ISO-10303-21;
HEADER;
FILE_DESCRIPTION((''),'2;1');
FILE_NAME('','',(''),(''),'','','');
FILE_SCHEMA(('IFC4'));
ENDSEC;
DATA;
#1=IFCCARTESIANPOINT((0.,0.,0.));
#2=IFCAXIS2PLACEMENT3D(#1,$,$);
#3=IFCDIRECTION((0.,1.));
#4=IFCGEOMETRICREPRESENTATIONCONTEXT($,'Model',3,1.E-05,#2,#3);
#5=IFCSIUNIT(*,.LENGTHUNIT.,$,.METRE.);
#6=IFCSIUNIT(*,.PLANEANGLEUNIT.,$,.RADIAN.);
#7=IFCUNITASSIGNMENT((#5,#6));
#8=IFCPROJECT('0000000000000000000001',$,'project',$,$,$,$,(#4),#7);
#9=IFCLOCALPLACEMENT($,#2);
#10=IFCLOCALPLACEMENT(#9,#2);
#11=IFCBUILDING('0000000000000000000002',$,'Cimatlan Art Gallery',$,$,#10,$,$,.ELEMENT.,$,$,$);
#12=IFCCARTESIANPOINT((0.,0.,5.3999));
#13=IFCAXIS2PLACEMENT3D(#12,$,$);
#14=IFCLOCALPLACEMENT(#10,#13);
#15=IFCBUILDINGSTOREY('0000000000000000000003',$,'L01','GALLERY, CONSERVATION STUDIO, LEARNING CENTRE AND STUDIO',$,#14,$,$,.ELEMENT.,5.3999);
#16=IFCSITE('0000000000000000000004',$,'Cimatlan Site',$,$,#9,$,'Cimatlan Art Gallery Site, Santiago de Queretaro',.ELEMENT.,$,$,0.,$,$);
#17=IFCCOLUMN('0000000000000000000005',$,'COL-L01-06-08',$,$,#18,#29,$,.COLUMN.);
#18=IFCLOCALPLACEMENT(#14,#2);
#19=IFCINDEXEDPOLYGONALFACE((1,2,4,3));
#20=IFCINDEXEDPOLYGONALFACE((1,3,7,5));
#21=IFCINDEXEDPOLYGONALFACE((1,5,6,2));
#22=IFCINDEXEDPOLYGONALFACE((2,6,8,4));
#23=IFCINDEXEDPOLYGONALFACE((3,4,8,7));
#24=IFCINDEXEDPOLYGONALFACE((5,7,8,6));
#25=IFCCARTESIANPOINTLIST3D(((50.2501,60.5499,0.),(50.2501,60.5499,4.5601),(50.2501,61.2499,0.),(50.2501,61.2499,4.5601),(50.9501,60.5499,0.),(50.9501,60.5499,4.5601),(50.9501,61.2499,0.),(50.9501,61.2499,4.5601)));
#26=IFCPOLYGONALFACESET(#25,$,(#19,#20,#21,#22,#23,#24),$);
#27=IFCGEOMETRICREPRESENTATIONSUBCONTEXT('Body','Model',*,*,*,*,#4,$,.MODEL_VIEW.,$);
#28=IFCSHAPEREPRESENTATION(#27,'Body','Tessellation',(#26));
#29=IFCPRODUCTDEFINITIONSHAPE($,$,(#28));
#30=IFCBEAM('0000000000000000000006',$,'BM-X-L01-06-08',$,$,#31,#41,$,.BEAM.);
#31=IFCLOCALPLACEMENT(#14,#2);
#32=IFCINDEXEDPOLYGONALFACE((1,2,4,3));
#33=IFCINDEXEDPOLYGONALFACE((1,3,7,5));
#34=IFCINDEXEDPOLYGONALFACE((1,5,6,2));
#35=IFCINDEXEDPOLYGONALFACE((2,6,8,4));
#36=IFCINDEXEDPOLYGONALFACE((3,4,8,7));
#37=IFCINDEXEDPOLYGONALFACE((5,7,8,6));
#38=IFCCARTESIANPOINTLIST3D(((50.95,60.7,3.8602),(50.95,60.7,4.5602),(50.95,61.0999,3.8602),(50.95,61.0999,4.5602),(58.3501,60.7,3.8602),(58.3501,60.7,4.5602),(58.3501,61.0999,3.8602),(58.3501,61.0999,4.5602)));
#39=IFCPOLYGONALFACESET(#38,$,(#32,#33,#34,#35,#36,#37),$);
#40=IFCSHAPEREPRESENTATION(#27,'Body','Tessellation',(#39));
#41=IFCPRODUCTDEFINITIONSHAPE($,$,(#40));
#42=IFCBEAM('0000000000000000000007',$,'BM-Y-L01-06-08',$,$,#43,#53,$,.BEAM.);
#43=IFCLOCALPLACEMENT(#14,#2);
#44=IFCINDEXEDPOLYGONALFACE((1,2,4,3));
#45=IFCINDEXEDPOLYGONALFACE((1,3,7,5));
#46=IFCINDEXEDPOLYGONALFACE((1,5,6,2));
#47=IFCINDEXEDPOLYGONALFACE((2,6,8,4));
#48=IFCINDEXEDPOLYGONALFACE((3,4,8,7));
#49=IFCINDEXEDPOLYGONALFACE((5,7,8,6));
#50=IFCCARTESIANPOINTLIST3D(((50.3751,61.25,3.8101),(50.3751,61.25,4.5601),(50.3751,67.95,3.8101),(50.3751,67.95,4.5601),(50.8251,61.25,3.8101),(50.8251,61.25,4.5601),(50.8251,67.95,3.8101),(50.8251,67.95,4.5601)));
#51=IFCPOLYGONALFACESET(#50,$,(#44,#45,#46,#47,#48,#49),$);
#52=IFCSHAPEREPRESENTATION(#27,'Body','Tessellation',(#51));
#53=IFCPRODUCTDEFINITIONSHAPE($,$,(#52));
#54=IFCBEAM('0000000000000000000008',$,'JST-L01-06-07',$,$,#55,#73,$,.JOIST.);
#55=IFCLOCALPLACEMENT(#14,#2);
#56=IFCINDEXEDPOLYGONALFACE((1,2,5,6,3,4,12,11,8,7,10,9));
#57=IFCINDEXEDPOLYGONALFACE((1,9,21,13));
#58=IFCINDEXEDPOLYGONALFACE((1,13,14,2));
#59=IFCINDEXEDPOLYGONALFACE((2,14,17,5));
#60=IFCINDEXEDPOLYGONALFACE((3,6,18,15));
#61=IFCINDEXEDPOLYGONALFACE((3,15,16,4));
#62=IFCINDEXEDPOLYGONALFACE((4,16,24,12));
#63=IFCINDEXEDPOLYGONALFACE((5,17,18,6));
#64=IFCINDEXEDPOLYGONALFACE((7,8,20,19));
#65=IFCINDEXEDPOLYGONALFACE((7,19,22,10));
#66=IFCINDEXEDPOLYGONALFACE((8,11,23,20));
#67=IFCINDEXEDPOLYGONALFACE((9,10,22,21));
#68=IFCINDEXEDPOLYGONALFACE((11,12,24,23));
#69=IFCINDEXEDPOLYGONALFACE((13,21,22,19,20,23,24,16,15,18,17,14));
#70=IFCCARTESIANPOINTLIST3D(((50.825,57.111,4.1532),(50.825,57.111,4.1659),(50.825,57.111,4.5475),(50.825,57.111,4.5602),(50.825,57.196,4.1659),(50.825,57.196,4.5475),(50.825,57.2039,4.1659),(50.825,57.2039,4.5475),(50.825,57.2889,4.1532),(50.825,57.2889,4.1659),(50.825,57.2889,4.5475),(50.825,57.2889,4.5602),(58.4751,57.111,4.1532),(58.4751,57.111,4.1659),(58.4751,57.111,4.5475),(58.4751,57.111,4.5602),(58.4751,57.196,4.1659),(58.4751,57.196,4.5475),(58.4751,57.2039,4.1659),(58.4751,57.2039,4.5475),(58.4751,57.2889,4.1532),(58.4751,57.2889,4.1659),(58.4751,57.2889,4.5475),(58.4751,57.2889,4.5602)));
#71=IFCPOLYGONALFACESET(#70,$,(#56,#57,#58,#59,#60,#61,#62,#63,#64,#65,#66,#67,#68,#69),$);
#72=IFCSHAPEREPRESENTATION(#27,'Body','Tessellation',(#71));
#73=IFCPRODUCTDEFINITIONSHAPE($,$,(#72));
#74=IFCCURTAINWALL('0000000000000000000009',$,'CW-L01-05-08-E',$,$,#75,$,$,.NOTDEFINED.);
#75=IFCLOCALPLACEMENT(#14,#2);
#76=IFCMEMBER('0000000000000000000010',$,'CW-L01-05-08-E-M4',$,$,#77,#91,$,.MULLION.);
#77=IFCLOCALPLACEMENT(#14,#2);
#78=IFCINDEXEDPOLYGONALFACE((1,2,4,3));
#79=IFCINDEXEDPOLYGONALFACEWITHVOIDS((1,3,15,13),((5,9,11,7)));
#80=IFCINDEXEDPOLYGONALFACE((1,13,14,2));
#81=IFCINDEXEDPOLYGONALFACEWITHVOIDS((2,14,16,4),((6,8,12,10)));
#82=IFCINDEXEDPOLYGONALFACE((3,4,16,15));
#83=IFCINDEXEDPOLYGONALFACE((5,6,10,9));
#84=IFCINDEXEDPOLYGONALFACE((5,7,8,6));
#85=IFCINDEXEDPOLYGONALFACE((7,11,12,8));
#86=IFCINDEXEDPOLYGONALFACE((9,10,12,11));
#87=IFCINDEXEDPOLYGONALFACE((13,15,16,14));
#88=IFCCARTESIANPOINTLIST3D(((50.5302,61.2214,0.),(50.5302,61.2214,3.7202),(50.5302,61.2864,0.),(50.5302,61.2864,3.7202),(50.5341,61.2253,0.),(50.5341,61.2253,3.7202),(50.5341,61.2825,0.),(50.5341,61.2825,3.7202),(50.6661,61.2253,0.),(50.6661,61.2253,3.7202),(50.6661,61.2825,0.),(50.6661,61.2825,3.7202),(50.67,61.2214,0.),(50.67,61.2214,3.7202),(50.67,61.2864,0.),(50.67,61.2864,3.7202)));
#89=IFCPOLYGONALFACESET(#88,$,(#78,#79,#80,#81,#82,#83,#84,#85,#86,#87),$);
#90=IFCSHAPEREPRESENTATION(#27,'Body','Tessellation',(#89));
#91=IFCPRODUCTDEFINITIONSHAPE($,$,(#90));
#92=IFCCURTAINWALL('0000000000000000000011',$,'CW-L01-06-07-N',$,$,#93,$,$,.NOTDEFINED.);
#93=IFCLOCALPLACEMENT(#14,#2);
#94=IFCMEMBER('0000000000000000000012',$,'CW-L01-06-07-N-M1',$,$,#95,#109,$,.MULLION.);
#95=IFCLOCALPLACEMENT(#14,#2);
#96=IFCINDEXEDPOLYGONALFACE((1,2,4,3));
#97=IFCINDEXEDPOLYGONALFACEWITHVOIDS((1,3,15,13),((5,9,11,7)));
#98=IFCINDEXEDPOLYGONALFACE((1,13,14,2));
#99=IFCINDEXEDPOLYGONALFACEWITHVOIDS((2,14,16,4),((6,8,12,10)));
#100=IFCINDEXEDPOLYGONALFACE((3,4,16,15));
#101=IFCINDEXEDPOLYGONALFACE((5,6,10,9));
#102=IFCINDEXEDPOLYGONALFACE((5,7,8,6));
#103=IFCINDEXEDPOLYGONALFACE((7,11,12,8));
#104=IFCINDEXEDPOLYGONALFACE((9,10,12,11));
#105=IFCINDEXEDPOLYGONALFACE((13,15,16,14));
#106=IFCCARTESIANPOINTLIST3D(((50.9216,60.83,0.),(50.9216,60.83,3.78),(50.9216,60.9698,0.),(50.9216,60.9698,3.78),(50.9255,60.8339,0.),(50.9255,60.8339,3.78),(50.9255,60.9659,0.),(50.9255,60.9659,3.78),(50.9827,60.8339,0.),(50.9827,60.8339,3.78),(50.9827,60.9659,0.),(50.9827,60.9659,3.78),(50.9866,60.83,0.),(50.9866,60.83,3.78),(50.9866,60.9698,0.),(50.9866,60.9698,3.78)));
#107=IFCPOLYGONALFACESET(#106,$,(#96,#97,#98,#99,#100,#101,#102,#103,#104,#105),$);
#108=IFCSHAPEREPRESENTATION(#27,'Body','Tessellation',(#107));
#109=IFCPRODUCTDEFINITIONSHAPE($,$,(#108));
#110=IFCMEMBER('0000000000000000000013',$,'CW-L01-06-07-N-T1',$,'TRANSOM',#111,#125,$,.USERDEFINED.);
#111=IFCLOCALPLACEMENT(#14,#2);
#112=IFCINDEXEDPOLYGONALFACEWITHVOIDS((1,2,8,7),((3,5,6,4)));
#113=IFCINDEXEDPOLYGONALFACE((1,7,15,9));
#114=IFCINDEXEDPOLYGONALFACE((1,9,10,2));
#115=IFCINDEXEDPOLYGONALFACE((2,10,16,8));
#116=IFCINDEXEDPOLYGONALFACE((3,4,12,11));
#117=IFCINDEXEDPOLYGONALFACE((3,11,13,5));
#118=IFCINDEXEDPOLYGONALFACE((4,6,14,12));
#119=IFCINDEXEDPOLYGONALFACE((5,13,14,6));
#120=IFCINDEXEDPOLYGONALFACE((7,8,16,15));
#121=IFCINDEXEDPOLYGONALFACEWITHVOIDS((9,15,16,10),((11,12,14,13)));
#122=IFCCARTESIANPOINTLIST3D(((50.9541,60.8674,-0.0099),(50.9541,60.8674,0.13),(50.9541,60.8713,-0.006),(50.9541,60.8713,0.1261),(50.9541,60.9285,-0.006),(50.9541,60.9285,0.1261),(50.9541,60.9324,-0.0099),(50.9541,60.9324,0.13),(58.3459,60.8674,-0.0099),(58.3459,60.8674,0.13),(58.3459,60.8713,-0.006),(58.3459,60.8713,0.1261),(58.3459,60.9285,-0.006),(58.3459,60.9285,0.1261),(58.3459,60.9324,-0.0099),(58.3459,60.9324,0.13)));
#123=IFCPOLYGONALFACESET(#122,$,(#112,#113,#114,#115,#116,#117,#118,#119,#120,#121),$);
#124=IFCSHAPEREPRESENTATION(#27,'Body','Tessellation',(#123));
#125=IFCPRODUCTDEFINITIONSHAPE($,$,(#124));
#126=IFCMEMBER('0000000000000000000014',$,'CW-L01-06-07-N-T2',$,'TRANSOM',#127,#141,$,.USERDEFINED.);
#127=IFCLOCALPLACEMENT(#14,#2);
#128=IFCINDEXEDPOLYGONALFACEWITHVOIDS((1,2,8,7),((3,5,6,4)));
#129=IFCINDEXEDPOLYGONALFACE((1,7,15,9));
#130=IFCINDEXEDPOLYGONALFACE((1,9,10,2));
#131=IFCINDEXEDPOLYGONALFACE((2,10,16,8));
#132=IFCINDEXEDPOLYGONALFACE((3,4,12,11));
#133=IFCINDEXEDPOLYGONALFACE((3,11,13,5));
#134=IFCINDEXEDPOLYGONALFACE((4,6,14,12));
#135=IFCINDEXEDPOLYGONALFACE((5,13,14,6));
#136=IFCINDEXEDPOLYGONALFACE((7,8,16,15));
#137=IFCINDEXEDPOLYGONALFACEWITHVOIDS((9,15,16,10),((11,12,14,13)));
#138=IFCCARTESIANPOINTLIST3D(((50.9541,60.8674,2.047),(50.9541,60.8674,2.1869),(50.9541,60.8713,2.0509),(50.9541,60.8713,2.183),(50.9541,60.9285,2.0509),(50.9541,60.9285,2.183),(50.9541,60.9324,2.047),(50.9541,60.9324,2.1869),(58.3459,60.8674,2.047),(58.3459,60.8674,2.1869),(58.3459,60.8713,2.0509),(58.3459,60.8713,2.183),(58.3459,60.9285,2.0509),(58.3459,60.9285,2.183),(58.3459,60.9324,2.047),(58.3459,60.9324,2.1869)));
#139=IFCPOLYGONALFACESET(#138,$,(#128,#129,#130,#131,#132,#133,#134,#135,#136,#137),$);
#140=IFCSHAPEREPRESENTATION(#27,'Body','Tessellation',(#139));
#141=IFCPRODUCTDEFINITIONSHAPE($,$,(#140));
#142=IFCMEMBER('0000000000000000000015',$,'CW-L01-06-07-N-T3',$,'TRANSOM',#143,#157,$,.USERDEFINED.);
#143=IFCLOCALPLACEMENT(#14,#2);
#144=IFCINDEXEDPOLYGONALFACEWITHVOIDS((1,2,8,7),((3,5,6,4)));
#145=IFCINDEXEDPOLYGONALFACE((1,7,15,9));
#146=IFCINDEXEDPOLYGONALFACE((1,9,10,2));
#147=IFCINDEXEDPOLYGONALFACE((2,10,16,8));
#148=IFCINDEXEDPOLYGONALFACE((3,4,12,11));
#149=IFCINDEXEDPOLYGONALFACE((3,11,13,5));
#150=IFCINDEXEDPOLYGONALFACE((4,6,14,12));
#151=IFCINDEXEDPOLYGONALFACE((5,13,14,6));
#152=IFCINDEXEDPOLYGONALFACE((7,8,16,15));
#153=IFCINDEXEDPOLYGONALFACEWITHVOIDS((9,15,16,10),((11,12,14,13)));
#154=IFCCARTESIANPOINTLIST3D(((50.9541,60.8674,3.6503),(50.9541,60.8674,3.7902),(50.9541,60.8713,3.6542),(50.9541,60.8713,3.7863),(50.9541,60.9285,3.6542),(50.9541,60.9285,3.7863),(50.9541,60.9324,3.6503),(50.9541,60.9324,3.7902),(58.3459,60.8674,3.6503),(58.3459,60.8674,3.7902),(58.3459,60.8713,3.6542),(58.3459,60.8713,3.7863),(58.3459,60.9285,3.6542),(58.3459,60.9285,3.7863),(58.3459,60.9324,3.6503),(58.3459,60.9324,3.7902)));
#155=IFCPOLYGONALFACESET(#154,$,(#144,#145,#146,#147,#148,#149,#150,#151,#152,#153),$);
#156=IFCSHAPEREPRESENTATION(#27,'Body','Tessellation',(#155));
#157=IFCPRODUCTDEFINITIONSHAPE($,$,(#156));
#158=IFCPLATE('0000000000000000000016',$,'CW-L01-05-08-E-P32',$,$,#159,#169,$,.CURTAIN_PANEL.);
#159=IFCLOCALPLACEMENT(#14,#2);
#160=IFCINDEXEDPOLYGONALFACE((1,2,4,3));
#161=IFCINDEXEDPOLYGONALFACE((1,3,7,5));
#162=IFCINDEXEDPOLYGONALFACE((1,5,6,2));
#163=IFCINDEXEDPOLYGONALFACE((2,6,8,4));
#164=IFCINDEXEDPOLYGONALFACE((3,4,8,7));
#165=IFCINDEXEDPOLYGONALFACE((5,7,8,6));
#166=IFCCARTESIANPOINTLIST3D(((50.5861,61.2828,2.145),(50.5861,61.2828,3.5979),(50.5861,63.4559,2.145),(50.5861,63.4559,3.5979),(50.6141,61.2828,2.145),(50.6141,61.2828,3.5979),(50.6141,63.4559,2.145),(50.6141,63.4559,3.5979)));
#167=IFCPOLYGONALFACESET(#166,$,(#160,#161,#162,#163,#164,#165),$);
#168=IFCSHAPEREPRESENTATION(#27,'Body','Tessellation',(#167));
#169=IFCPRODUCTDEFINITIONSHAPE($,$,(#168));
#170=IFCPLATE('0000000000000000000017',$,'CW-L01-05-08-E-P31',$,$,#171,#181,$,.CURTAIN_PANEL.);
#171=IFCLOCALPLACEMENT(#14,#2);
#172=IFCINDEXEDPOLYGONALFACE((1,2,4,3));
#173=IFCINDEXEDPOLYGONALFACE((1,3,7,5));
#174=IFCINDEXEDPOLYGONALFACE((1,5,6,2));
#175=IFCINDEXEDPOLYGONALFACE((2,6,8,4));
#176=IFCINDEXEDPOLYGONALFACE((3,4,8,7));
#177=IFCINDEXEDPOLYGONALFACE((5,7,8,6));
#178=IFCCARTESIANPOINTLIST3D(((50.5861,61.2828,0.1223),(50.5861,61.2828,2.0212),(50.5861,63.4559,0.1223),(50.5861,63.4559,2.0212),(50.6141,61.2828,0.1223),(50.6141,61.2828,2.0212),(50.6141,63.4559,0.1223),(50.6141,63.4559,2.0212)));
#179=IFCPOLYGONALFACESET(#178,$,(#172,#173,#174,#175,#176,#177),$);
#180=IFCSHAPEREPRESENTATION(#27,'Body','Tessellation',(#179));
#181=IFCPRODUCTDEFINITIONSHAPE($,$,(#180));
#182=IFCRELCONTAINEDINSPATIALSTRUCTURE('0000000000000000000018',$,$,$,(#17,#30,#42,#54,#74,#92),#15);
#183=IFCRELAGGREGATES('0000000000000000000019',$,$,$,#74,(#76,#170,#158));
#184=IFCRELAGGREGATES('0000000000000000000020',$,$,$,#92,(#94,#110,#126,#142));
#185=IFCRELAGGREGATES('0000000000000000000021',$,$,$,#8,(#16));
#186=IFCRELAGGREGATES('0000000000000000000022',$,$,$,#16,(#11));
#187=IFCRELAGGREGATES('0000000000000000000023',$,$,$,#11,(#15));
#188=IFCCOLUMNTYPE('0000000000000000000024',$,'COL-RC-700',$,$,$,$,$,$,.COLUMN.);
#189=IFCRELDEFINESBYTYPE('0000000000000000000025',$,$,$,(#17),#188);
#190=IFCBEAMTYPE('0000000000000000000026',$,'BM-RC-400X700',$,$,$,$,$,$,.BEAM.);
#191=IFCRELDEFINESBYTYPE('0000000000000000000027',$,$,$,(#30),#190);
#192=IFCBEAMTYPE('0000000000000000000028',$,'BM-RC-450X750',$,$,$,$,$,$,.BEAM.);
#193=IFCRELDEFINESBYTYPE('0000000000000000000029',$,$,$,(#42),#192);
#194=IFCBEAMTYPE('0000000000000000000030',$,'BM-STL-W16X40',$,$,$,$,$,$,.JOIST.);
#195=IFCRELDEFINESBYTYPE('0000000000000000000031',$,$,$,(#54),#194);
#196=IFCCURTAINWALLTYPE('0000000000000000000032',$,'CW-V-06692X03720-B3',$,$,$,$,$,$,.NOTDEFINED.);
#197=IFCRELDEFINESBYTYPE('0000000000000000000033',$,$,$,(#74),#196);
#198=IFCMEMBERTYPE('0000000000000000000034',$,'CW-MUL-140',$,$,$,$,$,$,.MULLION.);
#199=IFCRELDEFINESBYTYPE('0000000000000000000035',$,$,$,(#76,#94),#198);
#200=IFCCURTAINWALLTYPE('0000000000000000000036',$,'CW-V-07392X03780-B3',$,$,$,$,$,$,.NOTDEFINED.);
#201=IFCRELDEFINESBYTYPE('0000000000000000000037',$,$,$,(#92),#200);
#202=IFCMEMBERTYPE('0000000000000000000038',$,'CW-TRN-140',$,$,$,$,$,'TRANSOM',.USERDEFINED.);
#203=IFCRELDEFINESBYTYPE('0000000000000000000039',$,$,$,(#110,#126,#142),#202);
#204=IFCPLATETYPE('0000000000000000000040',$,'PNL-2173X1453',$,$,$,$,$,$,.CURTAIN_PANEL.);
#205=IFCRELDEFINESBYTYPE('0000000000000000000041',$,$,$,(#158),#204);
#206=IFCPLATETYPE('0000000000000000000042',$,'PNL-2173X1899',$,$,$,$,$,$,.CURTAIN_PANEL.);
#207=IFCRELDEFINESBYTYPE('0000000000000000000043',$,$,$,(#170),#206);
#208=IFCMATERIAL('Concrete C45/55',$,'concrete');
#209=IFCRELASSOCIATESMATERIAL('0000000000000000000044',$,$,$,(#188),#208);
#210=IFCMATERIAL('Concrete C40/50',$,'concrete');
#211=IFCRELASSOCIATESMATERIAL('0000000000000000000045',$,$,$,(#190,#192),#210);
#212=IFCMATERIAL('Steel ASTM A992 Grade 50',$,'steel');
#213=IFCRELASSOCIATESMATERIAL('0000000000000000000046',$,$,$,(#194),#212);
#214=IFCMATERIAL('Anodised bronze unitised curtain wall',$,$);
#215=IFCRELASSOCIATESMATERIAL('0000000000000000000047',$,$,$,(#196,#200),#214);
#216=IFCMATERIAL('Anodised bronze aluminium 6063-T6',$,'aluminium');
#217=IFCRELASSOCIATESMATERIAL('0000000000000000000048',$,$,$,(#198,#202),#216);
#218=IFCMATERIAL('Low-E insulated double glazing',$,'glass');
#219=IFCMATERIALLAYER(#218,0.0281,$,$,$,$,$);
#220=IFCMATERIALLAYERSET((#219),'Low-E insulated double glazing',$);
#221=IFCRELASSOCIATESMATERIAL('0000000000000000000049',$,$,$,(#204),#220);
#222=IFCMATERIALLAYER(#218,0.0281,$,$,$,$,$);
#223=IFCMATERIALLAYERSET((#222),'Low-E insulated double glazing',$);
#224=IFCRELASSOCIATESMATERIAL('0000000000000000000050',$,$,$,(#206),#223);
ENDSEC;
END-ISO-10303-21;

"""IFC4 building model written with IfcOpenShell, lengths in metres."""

from ifc_helpers import new_model, si_unit, direction, frame, origin, origin_2d, place, context, subcontext, project, spatial, rectangle, hollow_rectangle, i_section, extrude, material, layer, layer_set, material_profile, profile_set, type_object, element, aggregate, save


model = new_model("IFC4")

# Units and contexts
model_context = context("Model", 3, precision=1e-05, world=origin(), true_north=direction((0.0, 1.0)))
body_context = subcontext(model_context, "Body", "Model", "MODEL_VIEW")
ifc_project = project(units=[si_unit("LENGTHUNIT", "METRE"), si_unit("PLANEANGLEUNIT", "RADIAN")], contexts=[model_context])

# Site, building, storey
site_placement = place(None, origin())
site = spatial("IfcSite", under=ifc_project, at=site_placement, Name="Cimatlan Site", LongName="Cimatlan Art Gallery Site, Santiago de Queretaro", CompositionType="ELEMENT", RefElevation=0.0)
building_placement = place(site_placement, origin())
building = spatial("IfcBuilding", under=site, at=building_placement, Name="Cimatlan Art Gallery", CompositionType="ELEMENT")
storey_placement = place(building_placement, frame((0.0, 0.0, 5.3999)))
storey = spatial("IfcBuildingStorey", under=building, at=storey_placement, Name="L01", Description="GALLERY, CONSERVATION STUDIO, LEARNING CENTRE AND STUDIO", CompositionType="ELEMENT", Elevation=5.3999)

# Column
ifc_material_1 = material(Name="Concrete C45/55", Category="concrete")
ifc_material_profile_1 = material_profile(ifc_material_1, rectangle(XDim=0.7, YDim=0.7, at=origin_2d()), Name="RC700X700")
ifc_profile_set_1 = profile_set([ifc_material_profile_1], Name="Concrete C45/55")
column_type = type_object("IfcColumnType", Name="COL-RC-700", PredefinedType="COLUMN", material=ifc_profile_set_1)
column_placement = place(storey_placement, frame((50.6001, 60.8999, 0.0), z_axis=(0.0, 0.0, 1.0), x_axis=(1.0, 0.0, 0.0)))
element("IfcColumn", 1, at=column_placement, inside=storey, type_object=column_type, Name="COL-L01-06-08", PredefinedType="COLUMN", context=body_context, shape_type="SweptSolid", body=[
    extrude(rectangle(XDim=0.7, YDim=0.7, at=origin_2d()), origin(), (0.0, 0.0, 1.0), 4.5601),
])

# Beams
ifc_material_2 = material(Name="Concrete C40/50", Category="concrete")
ifc_material_profile_2 = material_profile(ifc_material_2, rectangle(XDim=0.3999, YDim=0.7, at=origin_2d()), Name="RC400X700")
ifc_profile_set_2 = profile_set([ifc_material_profile_2], Name="Concrete C40/50")
beam_type_1 = type_object("IfcBeamType", Name="BM-RC-400X700", PredefinedType="BEAM", material=ifc_profile_set_2)
beam_1_placement = place(storey_placement, frame((50.95, 60.8999, 4.2102), z_axis=(1.0, 0.0, 0.0), x_axis=(0.0, 1.0, 0.0)))
element("IfcBeam", 2, at=beam_1_placement, inside=storey, type_object=beam_type_1, Name="BM-X-L01-06-08", PredefinedType="BEAM", context=body_context, shape_type="SweptSolid", body=[
    extrude(rectangle(XDim=0.3999, YDim=0.7, at=origin_2d()), origin(), (0.0, 0.0, 1.0), 7.4001),
])
ifc_material_profile_3 = material_profile(ifc_material_2, rectangle(XDim=0.45, YDim=0.75, at=origin_2d()), Name="RC450X750")
ifc_profile_set_3 = profile_set([ifc_material_profile_3], Name="Concrete C40/50")
beam_type_2 = type_object("IfcBeamType", Name="BM-RC-450X750", PredefinedType="BEAM", material=ifc_profile_set_3)
beam_2_placement = place(storey_placement, frame((50.6001, 61.25, 4.1851), z_axis=(0.0, 1.0, 0.0), x_axis=(-1.0, 0.0, 0.0)))
element("IfcBeam", 3, at=beam_2_placement, inside=storey, type_object=beam_type_2, Name="BM-Y-L01-06-08", PredefinedType="BEAM", context=body_context, shape_type="SweptSolid", body=[
    extrude(rectangle(XDim=0.45, YDim=0.75, at=origin_2d()), origin(), (0.0, 0.0, 1.0), 6.7),
])
ifc_material_3 = material(Name="Steel ASTM A992 Grade 50", Category="steel")
ifc_material_profile_4 = material_profile(ifc_material_3, i_section(OverallWidth=0.178, OverallDepth=0.407, WebThickness=0.0078, FlangeThickness=0.0127, at=origin_2d()), Name="W16X40")
ifc_profile_set_4 = profile_set([ifc_material_profile_4], Name="Steel ASTM A992 Grade 50")
beam_type_3 = type_object("IfcBeamType", Name="BM-STL-W16X40", PredefinedType="JOIST", material=ifc_profile_set_4)
beam_3_placement = place(storey_placement, frame((50.825, 57.2, 4.3567), z_axis=(1.0, 0.0, 0.0), x_axis=(0.0, 1.0, 0.0)))
element("IfcBeam", 4, at=beam_3_placement, inside=storey, type_object=beam_type_3, Name="JST-L01-06-07", PredefinedType="JOIST", context=body_context, shape_type="SweptSolid", body=[
    extrude(i_section(OverallWidth=0.178, OverallDepth=0.407, WebThickness=0.0078, FlangeThickness=0.0127, at=origin_2d()), origin(), (0.0, 0.0, 1.0), 7.6501),
])

# Curtain wall, member
ifc_material_4 = material(Name="Anodised bronze unitised curtain wall")
curtain_wall_type_1 = type_object("IfcCurtainWallType", Name="CW-V-06692X03720-B3", PredefinedType="NOTDEFINED", material=ifc_material_4)
curtain_wall_1_placement = place(storey_placement, origin())
curtain_wall_1 = element("IfcCurtainWall", 5, at=curtain_wall_1_placement, inside=storey, type_object=curtain_wall_type_1, Name="CW-L01-05-08-E", PredefinedType="NOTDEFINED")
ifc_material_5 = material(Name="Anodised bronze aluminium 6063-T6", Category="aluminium")
ifc_material_profile_5 = material_profile(ifc_material_5, hollow_rectangle(XDim=0.0649, YDim=0.1399, WallThickness=0.0039, at=origin_2d()), Name="ALU65X140X4")
ifc_profile_set_5 = profile_set([ifc_material_profile_5], Name="Anodised bronze aluminium 6063-T6")
member_type_1 = type_object("IfcMemberType", Name="CW-MUL-140", PredefinedType="MULLION", material=ifc_profile_set_5)
member_1_placement = place(storey_placement, frame((50.6001, 61.2539, 0.0), z_axis=(0.0, 0.0, 1.0), x_axis=(0.0, 1.0, 0.0)))
member_1 = element("IfcMember", 6, at=member_1_placement, type_object=member_type_1, Name="CW-L01-05-08-E-M4", PredefinedType="MULLION", context=body_context, shape_type="SweptSolid", body=[
    extrude(hollow_rectangle(XDim=0.0649, YDim=0.1399, WallThickness=0.0039, at=origin_2d()), origin(), (0.0, 0.0, 1.0), 3.7202),
])

# Curtain wall, members
curtain_wall_type_2 = type_object("IfcCurtainWallType", Name="CW-V-07392X03780-B3", PredefinedType="NOTDEFINED", material=ifc_material_4)
curtain_wall_2_placement = place(storey_placement, origin())
curtain_wall_2 = element("IfcCurtainWall", 7, at=curtain_wall_2_placement, inside=storey, type_object=curtain_wall_type_2, Name="CW-L01-06-07-N", PredefinedType="NOTDEFINED")
member_2_placement = place(storey_placement, frame((50.9541, 60.8999, 0.0), z_axis=(0.0, 0.0, 1.0), x_axis=(1.0, 0.0, 0.0)))
member_2 = element("IfcMember", 8, at=member_2_placement, type_object=member_type_1, Name="CW-L01-06-07-N-M1", PredefinedType="MULLION", context=body_context, shape_type="SweptSolid", body=[
    extrude(hollow_rectangle(XDim=0.0649, YDim=0.1399, WallThickness=0.0039, at=origin_2d()), origin(), (0.0, 0.0, 1.0), 3.78),
])
ifc_material_profile_6 = material_profile(ifc_material_5, hollow_rectangle(XDim=0.0649, YDim=0.1399, WallThickness=0.0039, at=origin_2d()), Name="ALU65X140X4")
ifc_profile_set_6 = profile_set([ifc_material_profile_6], Name="Anodised bronze aluminium 6063-T6")
member_type_2 = type_object("IfcMemberType", Name="CW-TRN-140", ElementType="TRANSOM", PredefinedType="USERDEFINED", material=ifc_profile_set_6)
member_3_placement = place(storey_placement, frame((50.9541, 60.8999, 0.0601), z_axis=(1.0, 0.0, 0.0), x_axis=(0.0, 1.0, 0.0)))
member_3 = element("IfcMember", 9, at=member_3_placement, type_object=member_type_2, Name="CW-L01-06-07-N-T1", ObjectType="TRANSOM", PredefinedType="USERDEFINED", context=body_context, shape_type="SweptSolid", body=[
    extrude(hollow_rectangle(XDim=0.0649, YDim=0.1399, WallThickness=0.0039, at=origin_2d()), origin(), (0.0, 0.0, 1.0), 7.3918),
])
member_4_placement = place(storey_placement, frame((50.9541, 60.8999, 2.1169), z_axis=(1.0, 0.0, 0.0), x_axis=(0.0, 1.0, 0.0)))
member_4 = element("IfcMember", 10, at=member_4_placement, type_object=member_type_2, Name="CW-L01-06-07-N-T2", ObjectType="TRANSOM", PredefinedType="USERDEFINED", context=body_context, shape_type="SweptSolid", body=[
    extrude(hollow_rectangle(XDim=0.0649, YDim=0.1399, WallThickness=0.0039, at=origin_2d()), origin(), (0.0, 0.0, 1.0), 7.3918),
])
member_5_placement = place(storey_placement, frame((50.9541, 60.8999, 3.7202), z_axis=(1.0, 0.0, 0.0), x_axis=(0.0, 1.0, 0.0)))
member_5 = element("IfcMember", 11, at=member_5_placement, type_object=member_type_2, Name="CW-L01-06-07-N-T3", ObjectType="TRANSOM", PredefinedType="USERDEFINED", context=body_context, shape_type="SweptSolid", body=[
    extrude(hollow_rectangle(XDim=0.0649, YDim=0.1399, WallThickness=0.0039, at=origin_2d()), origin(), (0.0, 0.0, 1.0), 7.3918),
])

# Plates
ifc_material_6 = material(Name="Low-E insulated double glazing", Category="glass")
ifc_layer_1 = layer(ifc_material_6, 0.0281)
ifc_layer_set_1 = layer_set([ifc_layer_1], Name="Low-E insulated double glazing")
plate_type_1 = type_object("IfcPlateType", Name="PNL-2173X1453", PredefinedType="CURTAIN_PANEL", material=ifc_layer_set_1)
plate_1_placement = place(storey_placement, frame((50.6001, 62.3694, 2.145), z_axis=(0.0, 0.0, 1.0), x_axis=(0.0, -1.0, 0.0)))
plate_1 = element("IfcPlate", 12, at=plate_1_placement, type_object=plate_type_1, Name="CW-L01-05-08-E-P32", PredefinedType="CURTAIN_PANEL", context=body_context, shape_type="SweptSolid", body=[
    extrude(rectangle(XDim=2.1731, YDim=0.0281, at=origin_2d()), origin(), (0.0, 0.0, 1.0), 1.4529),
])
ifc_layer_2 = layer(ifc_material_6, 0.0281)
ifc_layer_set_2 = layer_set([ifc_layer_2], Name="Low-E insulated double glazing")
plate_type_2 = type_object("IfcPlateType", Name="PNL-2173X1899", PredefinedType="CURTAIN_PANEL", material=ifc_layer_set_2)
plate_2_placement = place(storey_placement, frame((50.6001, 62.3694, 0.1223), z_axis=(0.0, 0.0, 1.0), x_axis=(0.0, -1.0, 0.0)))
plate_2 = element("IfcPlate", 13, at=plate_2_placement, type_object=plate_type_2, Name="CW-L01-05-08-E-P31", PredefinedType="CURTAIN_PANEL", context=body_context, shape_type="SweptSolid", body=[
    extrude(rectangle(XDim=2.1731, YDim=0.0281, at=origin_2d()), origin(), (0.0, 0.0, 1.0), 1.8989),
])
aggregate(curtain_wall_1, [member_1, plate_2, plate_1])
aggregate(curtain_wall_2, [member_2, member_3, member_4, member_5])

save(model, "model.ifc")
